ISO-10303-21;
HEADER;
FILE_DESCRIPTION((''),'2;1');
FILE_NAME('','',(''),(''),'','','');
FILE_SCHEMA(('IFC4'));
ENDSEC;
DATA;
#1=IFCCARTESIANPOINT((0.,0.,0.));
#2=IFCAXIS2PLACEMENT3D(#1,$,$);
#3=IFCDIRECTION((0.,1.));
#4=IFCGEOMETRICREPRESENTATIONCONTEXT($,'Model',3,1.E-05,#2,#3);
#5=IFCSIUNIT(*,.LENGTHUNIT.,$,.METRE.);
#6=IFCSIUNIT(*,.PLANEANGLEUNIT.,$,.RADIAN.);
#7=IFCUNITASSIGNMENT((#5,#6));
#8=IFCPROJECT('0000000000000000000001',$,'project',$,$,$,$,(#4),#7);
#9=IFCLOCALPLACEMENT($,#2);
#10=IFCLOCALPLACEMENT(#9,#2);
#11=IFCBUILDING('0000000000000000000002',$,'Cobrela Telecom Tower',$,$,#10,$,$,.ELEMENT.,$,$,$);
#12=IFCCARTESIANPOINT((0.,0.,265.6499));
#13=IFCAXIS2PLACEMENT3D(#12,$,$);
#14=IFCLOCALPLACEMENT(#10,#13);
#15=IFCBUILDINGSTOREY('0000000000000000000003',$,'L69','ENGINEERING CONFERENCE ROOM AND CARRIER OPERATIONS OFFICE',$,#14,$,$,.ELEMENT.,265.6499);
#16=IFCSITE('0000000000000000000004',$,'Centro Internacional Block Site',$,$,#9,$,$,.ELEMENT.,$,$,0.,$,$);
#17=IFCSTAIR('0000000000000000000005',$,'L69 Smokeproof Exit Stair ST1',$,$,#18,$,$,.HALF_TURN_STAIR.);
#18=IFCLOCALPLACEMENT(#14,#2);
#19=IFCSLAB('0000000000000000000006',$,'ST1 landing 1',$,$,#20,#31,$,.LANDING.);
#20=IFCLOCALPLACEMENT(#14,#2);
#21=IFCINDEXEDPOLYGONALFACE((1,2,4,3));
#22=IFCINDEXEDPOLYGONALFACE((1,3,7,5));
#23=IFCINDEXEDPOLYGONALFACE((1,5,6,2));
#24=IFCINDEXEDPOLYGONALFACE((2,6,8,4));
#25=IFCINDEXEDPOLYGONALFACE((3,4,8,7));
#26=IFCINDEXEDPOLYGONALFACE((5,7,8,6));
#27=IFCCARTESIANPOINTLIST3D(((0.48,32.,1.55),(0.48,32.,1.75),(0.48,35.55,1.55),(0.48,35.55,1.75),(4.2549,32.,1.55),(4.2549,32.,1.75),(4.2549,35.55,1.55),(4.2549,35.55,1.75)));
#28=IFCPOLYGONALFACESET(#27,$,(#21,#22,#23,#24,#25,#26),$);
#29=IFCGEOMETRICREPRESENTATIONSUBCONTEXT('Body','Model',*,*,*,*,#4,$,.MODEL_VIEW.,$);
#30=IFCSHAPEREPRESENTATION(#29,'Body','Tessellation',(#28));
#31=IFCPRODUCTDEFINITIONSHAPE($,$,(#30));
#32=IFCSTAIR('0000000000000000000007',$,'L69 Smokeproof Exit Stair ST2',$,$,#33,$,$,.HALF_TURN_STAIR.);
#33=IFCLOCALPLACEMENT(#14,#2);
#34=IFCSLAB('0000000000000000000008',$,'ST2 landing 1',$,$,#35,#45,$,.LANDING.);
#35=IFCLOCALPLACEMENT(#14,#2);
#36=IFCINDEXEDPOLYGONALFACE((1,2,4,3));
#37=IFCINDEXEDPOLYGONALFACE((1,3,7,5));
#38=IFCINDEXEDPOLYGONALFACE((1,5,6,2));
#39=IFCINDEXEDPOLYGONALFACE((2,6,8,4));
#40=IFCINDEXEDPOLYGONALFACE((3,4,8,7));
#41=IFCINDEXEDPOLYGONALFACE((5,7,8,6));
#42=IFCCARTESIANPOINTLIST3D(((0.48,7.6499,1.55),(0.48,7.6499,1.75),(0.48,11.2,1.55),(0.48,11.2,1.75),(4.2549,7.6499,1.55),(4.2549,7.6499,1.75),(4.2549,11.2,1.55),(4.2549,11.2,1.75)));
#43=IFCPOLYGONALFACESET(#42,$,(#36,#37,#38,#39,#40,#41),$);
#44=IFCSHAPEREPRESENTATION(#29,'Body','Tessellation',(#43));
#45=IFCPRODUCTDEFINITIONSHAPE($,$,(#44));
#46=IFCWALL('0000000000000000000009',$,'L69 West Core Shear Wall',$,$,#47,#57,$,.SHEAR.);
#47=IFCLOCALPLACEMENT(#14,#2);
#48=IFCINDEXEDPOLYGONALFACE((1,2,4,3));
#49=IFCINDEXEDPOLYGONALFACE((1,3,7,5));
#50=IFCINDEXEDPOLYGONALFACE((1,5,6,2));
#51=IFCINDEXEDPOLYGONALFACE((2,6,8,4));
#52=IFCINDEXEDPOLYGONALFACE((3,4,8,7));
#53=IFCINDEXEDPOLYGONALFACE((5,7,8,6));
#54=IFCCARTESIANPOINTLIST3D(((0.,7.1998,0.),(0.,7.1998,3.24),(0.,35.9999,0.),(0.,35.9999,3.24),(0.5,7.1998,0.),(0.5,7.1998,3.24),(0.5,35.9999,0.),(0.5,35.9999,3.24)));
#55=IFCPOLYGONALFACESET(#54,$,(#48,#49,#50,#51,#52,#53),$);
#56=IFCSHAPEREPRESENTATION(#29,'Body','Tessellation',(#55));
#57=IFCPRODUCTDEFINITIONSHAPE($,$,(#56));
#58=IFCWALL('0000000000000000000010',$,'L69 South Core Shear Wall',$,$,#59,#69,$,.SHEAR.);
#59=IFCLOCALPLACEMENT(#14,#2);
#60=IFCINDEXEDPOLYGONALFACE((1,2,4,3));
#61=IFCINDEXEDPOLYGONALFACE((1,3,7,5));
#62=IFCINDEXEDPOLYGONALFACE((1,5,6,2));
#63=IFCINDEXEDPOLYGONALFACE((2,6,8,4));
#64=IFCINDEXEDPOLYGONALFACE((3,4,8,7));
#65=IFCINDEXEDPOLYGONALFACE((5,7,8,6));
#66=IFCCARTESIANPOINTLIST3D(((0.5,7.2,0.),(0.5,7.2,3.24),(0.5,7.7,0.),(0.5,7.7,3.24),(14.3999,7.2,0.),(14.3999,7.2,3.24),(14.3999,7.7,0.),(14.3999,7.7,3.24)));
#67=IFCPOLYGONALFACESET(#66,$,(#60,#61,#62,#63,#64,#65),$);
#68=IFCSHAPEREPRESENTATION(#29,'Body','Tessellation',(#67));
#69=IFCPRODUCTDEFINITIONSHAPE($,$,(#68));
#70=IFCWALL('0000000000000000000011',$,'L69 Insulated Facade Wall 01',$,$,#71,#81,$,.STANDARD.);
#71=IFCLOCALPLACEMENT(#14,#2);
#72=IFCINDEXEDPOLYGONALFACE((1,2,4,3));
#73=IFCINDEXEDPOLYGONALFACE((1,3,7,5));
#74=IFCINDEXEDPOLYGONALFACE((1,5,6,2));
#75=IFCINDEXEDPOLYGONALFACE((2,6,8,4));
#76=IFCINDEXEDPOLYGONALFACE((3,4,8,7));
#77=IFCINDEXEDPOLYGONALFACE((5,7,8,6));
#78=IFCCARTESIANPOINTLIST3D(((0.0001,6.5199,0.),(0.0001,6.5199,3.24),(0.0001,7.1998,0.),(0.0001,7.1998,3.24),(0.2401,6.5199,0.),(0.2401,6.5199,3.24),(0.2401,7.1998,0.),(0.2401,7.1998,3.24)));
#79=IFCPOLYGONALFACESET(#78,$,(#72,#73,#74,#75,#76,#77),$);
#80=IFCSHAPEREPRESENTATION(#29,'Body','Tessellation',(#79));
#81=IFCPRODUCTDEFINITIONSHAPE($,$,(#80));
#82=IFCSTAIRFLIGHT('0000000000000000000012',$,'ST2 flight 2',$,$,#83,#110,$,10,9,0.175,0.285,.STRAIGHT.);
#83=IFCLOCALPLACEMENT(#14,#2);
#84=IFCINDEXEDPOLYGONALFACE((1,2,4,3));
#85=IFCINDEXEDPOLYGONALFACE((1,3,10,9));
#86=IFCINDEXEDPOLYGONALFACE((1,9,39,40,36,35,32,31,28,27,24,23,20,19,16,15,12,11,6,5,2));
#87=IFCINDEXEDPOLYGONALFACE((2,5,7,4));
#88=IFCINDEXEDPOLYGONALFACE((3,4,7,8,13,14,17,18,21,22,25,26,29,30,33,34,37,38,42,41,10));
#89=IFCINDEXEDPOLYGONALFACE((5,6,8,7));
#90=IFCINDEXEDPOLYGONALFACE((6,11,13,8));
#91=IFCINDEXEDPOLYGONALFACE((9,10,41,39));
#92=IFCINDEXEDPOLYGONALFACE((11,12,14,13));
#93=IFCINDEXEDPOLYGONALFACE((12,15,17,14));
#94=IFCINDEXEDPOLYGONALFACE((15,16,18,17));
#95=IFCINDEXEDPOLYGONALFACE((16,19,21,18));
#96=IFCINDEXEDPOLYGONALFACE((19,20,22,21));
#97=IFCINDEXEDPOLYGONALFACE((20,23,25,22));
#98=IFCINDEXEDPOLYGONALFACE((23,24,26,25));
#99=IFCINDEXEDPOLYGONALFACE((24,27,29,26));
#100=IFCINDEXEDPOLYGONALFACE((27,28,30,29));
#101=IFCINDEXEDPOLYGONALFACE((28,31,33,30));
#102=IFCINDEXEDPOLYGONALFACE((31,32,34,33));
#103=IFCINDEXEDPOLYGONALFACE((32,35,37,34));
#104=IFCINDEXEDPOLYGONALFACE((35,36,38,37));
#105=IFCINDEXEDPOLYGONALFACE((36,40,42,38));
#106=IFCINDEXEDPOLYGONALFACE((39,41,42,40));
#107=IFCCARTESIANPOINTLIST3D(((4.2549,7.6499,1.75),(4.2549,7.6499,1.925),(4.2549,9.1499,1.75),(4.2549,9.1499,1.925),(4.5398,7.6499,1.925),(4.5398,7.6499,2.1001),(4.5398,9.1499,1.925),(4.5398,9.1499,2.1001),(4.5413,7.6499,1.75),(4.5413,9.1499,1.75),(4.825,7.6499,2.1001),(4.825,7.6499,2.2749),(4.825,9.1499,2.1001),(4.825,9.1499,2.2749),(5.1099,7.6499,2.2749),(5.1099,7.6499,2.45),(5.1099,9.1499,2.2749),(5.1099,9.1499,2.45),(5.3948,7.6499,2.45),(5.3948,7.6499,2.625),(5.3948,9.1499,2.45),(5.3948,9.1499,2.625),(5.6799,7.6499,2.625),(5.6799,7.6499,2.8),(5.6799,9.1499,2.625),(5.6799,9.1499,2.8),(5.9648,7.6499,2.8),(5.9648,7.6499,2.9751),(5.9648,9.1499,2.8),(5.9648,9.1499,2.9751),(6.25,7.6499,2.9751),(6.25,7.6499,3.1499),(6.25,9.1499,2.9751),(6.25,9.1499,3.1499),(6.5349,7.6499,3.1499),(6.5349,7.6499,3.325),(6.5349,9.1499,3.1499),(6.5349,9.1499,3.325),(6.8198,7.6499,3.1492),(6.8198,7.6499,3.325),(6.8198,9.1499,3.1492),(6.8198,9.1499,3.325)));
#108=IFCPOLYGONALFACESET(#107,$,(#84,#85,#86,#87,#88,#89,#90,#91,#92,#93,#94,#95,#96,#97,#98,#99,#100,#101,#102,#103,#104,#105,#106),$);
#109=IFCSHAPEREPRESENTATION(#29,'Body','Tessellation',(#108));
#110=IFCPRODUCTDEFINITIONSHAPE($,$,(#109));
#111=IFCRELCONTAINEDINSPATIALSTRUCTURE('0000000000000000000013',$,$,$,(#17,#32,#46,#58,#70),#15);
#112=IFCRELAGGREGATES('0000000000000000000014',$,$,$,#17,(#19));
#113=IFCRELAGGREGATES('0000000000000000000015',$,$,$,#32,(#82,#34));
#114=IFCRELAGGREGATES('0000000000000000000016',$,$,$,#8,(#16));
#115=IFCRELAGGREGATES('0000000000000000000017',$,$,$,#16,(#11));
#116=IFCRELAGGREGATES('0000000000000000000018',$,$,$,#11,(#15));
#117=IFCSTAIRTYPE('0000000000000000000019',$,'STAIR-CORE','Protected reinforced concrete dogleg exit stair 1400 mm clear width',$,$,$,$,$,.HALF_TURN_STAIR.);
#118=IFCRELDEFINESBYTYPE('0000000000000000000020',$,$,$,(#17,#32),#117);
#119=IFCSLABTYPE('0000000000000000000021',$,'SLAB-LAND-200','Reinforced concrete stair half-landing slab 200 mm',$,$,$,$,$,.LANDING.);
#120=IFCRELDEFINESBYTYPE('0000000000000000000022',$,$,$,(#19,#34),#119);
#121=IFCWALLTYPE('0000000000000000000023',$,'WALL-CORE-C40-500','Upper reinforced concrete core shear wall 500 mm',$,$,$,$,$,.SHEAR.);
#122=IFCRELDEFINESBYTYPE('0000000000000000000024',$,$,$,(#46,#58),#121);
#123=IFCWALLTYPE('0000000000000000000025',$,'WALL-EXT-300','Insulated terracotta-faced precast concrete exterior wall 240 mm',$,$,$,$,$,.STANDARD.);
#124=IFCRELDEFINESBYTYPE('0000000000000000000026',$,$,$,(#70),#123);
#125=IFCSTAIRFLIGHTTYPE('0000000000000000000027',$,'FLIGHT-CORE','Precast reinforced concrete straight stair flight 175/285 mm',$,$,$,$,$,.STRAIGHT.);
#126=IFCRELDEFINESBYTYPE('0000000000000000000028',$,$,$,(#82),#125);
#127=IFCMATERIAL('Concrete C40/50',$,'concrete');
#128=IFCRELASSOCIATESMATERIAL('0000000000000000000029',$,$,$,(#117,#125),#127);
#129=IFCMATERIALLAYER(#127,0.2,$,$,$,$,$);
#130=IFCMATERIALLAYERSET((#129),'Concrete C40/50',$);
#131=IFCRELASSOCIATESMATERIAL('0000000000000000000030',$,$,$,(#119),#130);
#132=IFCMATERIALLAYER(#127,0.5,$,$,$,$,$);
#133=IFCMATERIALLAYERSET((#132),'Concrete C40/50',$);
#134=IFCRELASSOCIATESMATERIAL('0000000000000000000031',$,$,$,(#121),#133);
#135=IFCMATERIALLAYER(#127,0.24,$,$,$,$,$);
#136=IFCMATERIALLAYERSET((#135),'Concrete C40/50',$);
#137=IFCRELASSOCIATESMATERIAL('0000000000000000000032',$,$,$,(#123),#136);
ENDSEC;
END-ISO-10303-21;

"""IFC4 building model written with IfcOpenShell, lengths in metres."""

from ifc_helpers import new_model, si_unit, direction, frame, frame_2d, origin, place, context, subcontext, project, spatial, polyline, rectangle, outline, extrude, material, layer, layer_set, type_object, element, aggregate, save


model = new_model("IFC4")

# Units and contexts
model_context = context("Model", 3, precision=1e-05, world=origin(), true_north=direction((0.0, 1.0)))
body_context = subcontext(model_context, "Body", "Model", "MODEL_VIEW")
ifc_project = project(units=[si_unit("LENGTHUNIT", "METRE"), si_unit("PLANEANGLEUNIT", "RADIAN")], contexts=[model_context])

# Site, building, storey
site_placement = place(None, origin())
site = spatial("IfcSite", under=ifc_project, at=site_placement, Name="Centro Internacional Block Site", CompositionType="ELEMENT", RefElevation=0.0)
building_placement = place(site_placement, origin())
building = spatial("IfcBuilding", under=site, at=building_placement, Name="Cobrela Telecom Tower", CompositionType="ELEMENT")
storey_placement = place(building_placement, frame((0.0, 0.0, 265.6499)))
storey = spatial("IfcBuildingStorey", under=building, at=storey_placement, Name="L69", Description="ENGINEERING CONFERENCE ROOM AND CARRIER OPERATIONS OFFICE", CompositionType="ELEMENT", Elevation=265.6499)

# Shared definitions
ifc_material_1 = material(Name="Concrete C40/50", Category="concrete")

# Stairs, slabs
stair_type = type_object("IfcStairType", Name="STAIR-CORE", Description="Protected reinforced concrete dogleg exit stair 1400 mm clear width", PredefinedType="HALF_TURN_STAIR", material=ifc_material_1)
stair_1_placement = place(storey_placement, origin())
stair_1 = element("IfcStair", 1, at=stair_1_placement, inside=storey, type_object=stair_type, Name="L69 Smokeproof Exit Stair ST1", PredefinedType="HALF_TURN_STAIR")
ifc_layer_1 = layer(ifc_material_1, 0.2)
ifc_layer_set_1 = layer_set([ifc_layer_1], Name="Concrete C40/50")
slab_type_1 = type_object("IfcSlabType", Name="SLAB-LAND-200", Description="Reinforced concrete stair half-landing slab 200 mm", PredefinedType="LANDING", material=ifc_layer_set_1)
slab_1_placement = place(storey_placement, frame((0.0, 0.0, 1.55)))
slab_1 = element("IfcSlab", 2, at=slab_1_placement, type_object=slab_type_1, Name="ST1 landing 1", PredefinedType="LANDING", context=body_context, shape_type="SweptSolid", body=[
    extrude(outline(polyline([(4.2549, 35.55), (0.48, 35.55), (0.48, 32.0), (4.2549, 32.0), (4.2549, 35.55)])), origin(), (0.0, 0.0, 1.0), 0.2),
])
aggregate(stair_1, [slab_1])
stair_2_placement = place(storey_placement, origin())
stair_2 = element("IfcStair", 3, at=stair_2_placement, inside=storey, type_object=stair_type, Name="L69 Smokeproof Exit Stair ST2", PredefinedType="HALF_TURN_STAIR")
slab_2_placement = place(storey_placement, frame((0.0, 0.0, 1.55)))
slab_2 = element("IfcSlab", 4, at=slab_2_placement, type_object=slab_type_1, Name="ST2 landing 1", PredefinedType="LANDING", context=body_context, shape_type="SweptSolid", body=[
    extrude(outline(polyline([(4.2549, 11.2), (0.48, 11.2), (0.48, 7.6499), (4.2549, 7.6499), (4.2549, 11.2)])), origin(), (0.0, 0.0, 1.0), 0.2),
])

# Walls
ifc_layer_2 = layer(ifc_material_1, 0.5)
ifc_layer_set_2 = layer_set([ifc_layer_2], Name="Concrete C40/50")
wall_type_1 = type_object("IfcWallType", Name="WALL-CORE-C40-500", Description="Upper reinforced concrete core shear wall 500 mm", PredefinedType="SHEAR", material=ifc_layer_set_2)
wall_1_placement = place(storey_placement, frame((0.25, 7.2, 0.0), z_axis=(0.0, 0.0, 1.0), x_axis=(0.0, 1.0, 0.0)))
element("IfcWall", 5, at=wall_1_placement, inside=storey, type_object=wall_type_1, Name="L69 West Core Shear Wall", PredefinedType="SHEAR", context=body_context, shape_type="SweptSolid", body=[
    extrude(rectangle(XDim=28.8, YDim=0.5, at=frame_2d((14.3999, 0.0))), origin(), (0.0, 0.0, 1.0), 3.24),
])
wall_2_placement = place(storey_placement, frame((0.5, 7.45, 0.0), z_axis=(0.0, 0.0, 1.0), x_axis=(1.0, 0.0, 0.0)))
element("IfcWall", 6, at=wall_2_placement, inside=storey, type_object=wall_type_1, Name="L69 South Core Shear Wall", PredefinedType="SHEAR", context=body_context, shape_type="SweptSolid", body=[
    extrude(rectangle(XDim=13.8999, YDim=0.5, at=frame_2d((6.95, 0.0))), origin(), (0.0, 0.0, 1.0), 3.24),
])
ifc_layer_3 = layer(ifc_material_1, 0.24)
ifc_layer_set_3 = layer_set([ifc_layer_3], Name="Concrete C40/50")
wall_type_2 = type_object("IfcWallType", Name="WALL-EXT-300", Description="Insulated terracotta-faced precast concrete exterior wall 240 mm", PredefinedType="STANDARD", material=ifc_layer_set_3)
wall_3_placement = place(storey_placement, frame((0.1201, 6.52, 0.0), z_axis=(0.0, 0.0, 1.0), x_axis=(0.0, 1.0, 0.0)))
element("IfcWall", 7, at=wall_3_placement, inside=storey, type_object=wall_type_2, Name="L69 Insulated Facade Wall 01", PredefinedType="STANDARD", context=body_context, shape_type="SweptSolid", body=[
    extrude(rectangle(XDim=0.6799, YDim=0.24, at=frame_2d((0.3398, 0.0))), origin(), (0.0, 0.0, 1.0), 3.24),
])

# Stair flight
stair_flight_type = type_object("IfcStairFlightType", Name="FLIGHT-CORE", Description="Precast reinforced concrete straight stair flight 175/285 mm", PredefinedType="STRAIGHT", material=ifc_material_1)
stair_flight_placement = place(storey_placement, frame((4.2549, 8.3999, 1.75), z_axis=(0.0, 0.0, 1.0), x_axis=(1.0, 0.0, 0.0)))
stair_flight = element("IfcStairFlight", 8, at=stair_flight_placement, type_object=stair_flight_type, Name="ST2 flight 2", NumberOfRisers=10, NumberOfTreads=9, PredefinedType="STRAIGHT", RiserHeight=0.175, TreadLength=0.285, context=body_context, shape_type="SweptSolid", body=[
    extrude(outline(polyline([(0.0, 0.0), (0.0, 0.175), (0.2849, 0.175), (0.2849, 0.3501), (0.5701, 0.3501), (0.5701, 0.5249), (0.855, 0.5249), (0.855, 0.7), (1.1399, 0.7), (1.1399, 0.875), (1.425, 0.875), (1.425, 1.05), (1.71, 1.05), (1.71, 1.2251), (1.9951, 1.2251), (1.9951, 1.3999), (2.28, 1.3999), (2.28, 1.575), (2.5649, 1.575), (2.5649, 1.75), (2.5649, 1.3992), (0.2864, 0.0), (0.0, 0.0)])), frame((0.0, 0.75, 0.0), z_axis=(0.0, -1.0, 0.0), x_axis=(1.0, 0.0, 0.0)), (0.0, 0.0, 1.0), 1.5),
])
aggregate(stair_2, [stair_flight, slab_2])

save(model, "model.ifc")
